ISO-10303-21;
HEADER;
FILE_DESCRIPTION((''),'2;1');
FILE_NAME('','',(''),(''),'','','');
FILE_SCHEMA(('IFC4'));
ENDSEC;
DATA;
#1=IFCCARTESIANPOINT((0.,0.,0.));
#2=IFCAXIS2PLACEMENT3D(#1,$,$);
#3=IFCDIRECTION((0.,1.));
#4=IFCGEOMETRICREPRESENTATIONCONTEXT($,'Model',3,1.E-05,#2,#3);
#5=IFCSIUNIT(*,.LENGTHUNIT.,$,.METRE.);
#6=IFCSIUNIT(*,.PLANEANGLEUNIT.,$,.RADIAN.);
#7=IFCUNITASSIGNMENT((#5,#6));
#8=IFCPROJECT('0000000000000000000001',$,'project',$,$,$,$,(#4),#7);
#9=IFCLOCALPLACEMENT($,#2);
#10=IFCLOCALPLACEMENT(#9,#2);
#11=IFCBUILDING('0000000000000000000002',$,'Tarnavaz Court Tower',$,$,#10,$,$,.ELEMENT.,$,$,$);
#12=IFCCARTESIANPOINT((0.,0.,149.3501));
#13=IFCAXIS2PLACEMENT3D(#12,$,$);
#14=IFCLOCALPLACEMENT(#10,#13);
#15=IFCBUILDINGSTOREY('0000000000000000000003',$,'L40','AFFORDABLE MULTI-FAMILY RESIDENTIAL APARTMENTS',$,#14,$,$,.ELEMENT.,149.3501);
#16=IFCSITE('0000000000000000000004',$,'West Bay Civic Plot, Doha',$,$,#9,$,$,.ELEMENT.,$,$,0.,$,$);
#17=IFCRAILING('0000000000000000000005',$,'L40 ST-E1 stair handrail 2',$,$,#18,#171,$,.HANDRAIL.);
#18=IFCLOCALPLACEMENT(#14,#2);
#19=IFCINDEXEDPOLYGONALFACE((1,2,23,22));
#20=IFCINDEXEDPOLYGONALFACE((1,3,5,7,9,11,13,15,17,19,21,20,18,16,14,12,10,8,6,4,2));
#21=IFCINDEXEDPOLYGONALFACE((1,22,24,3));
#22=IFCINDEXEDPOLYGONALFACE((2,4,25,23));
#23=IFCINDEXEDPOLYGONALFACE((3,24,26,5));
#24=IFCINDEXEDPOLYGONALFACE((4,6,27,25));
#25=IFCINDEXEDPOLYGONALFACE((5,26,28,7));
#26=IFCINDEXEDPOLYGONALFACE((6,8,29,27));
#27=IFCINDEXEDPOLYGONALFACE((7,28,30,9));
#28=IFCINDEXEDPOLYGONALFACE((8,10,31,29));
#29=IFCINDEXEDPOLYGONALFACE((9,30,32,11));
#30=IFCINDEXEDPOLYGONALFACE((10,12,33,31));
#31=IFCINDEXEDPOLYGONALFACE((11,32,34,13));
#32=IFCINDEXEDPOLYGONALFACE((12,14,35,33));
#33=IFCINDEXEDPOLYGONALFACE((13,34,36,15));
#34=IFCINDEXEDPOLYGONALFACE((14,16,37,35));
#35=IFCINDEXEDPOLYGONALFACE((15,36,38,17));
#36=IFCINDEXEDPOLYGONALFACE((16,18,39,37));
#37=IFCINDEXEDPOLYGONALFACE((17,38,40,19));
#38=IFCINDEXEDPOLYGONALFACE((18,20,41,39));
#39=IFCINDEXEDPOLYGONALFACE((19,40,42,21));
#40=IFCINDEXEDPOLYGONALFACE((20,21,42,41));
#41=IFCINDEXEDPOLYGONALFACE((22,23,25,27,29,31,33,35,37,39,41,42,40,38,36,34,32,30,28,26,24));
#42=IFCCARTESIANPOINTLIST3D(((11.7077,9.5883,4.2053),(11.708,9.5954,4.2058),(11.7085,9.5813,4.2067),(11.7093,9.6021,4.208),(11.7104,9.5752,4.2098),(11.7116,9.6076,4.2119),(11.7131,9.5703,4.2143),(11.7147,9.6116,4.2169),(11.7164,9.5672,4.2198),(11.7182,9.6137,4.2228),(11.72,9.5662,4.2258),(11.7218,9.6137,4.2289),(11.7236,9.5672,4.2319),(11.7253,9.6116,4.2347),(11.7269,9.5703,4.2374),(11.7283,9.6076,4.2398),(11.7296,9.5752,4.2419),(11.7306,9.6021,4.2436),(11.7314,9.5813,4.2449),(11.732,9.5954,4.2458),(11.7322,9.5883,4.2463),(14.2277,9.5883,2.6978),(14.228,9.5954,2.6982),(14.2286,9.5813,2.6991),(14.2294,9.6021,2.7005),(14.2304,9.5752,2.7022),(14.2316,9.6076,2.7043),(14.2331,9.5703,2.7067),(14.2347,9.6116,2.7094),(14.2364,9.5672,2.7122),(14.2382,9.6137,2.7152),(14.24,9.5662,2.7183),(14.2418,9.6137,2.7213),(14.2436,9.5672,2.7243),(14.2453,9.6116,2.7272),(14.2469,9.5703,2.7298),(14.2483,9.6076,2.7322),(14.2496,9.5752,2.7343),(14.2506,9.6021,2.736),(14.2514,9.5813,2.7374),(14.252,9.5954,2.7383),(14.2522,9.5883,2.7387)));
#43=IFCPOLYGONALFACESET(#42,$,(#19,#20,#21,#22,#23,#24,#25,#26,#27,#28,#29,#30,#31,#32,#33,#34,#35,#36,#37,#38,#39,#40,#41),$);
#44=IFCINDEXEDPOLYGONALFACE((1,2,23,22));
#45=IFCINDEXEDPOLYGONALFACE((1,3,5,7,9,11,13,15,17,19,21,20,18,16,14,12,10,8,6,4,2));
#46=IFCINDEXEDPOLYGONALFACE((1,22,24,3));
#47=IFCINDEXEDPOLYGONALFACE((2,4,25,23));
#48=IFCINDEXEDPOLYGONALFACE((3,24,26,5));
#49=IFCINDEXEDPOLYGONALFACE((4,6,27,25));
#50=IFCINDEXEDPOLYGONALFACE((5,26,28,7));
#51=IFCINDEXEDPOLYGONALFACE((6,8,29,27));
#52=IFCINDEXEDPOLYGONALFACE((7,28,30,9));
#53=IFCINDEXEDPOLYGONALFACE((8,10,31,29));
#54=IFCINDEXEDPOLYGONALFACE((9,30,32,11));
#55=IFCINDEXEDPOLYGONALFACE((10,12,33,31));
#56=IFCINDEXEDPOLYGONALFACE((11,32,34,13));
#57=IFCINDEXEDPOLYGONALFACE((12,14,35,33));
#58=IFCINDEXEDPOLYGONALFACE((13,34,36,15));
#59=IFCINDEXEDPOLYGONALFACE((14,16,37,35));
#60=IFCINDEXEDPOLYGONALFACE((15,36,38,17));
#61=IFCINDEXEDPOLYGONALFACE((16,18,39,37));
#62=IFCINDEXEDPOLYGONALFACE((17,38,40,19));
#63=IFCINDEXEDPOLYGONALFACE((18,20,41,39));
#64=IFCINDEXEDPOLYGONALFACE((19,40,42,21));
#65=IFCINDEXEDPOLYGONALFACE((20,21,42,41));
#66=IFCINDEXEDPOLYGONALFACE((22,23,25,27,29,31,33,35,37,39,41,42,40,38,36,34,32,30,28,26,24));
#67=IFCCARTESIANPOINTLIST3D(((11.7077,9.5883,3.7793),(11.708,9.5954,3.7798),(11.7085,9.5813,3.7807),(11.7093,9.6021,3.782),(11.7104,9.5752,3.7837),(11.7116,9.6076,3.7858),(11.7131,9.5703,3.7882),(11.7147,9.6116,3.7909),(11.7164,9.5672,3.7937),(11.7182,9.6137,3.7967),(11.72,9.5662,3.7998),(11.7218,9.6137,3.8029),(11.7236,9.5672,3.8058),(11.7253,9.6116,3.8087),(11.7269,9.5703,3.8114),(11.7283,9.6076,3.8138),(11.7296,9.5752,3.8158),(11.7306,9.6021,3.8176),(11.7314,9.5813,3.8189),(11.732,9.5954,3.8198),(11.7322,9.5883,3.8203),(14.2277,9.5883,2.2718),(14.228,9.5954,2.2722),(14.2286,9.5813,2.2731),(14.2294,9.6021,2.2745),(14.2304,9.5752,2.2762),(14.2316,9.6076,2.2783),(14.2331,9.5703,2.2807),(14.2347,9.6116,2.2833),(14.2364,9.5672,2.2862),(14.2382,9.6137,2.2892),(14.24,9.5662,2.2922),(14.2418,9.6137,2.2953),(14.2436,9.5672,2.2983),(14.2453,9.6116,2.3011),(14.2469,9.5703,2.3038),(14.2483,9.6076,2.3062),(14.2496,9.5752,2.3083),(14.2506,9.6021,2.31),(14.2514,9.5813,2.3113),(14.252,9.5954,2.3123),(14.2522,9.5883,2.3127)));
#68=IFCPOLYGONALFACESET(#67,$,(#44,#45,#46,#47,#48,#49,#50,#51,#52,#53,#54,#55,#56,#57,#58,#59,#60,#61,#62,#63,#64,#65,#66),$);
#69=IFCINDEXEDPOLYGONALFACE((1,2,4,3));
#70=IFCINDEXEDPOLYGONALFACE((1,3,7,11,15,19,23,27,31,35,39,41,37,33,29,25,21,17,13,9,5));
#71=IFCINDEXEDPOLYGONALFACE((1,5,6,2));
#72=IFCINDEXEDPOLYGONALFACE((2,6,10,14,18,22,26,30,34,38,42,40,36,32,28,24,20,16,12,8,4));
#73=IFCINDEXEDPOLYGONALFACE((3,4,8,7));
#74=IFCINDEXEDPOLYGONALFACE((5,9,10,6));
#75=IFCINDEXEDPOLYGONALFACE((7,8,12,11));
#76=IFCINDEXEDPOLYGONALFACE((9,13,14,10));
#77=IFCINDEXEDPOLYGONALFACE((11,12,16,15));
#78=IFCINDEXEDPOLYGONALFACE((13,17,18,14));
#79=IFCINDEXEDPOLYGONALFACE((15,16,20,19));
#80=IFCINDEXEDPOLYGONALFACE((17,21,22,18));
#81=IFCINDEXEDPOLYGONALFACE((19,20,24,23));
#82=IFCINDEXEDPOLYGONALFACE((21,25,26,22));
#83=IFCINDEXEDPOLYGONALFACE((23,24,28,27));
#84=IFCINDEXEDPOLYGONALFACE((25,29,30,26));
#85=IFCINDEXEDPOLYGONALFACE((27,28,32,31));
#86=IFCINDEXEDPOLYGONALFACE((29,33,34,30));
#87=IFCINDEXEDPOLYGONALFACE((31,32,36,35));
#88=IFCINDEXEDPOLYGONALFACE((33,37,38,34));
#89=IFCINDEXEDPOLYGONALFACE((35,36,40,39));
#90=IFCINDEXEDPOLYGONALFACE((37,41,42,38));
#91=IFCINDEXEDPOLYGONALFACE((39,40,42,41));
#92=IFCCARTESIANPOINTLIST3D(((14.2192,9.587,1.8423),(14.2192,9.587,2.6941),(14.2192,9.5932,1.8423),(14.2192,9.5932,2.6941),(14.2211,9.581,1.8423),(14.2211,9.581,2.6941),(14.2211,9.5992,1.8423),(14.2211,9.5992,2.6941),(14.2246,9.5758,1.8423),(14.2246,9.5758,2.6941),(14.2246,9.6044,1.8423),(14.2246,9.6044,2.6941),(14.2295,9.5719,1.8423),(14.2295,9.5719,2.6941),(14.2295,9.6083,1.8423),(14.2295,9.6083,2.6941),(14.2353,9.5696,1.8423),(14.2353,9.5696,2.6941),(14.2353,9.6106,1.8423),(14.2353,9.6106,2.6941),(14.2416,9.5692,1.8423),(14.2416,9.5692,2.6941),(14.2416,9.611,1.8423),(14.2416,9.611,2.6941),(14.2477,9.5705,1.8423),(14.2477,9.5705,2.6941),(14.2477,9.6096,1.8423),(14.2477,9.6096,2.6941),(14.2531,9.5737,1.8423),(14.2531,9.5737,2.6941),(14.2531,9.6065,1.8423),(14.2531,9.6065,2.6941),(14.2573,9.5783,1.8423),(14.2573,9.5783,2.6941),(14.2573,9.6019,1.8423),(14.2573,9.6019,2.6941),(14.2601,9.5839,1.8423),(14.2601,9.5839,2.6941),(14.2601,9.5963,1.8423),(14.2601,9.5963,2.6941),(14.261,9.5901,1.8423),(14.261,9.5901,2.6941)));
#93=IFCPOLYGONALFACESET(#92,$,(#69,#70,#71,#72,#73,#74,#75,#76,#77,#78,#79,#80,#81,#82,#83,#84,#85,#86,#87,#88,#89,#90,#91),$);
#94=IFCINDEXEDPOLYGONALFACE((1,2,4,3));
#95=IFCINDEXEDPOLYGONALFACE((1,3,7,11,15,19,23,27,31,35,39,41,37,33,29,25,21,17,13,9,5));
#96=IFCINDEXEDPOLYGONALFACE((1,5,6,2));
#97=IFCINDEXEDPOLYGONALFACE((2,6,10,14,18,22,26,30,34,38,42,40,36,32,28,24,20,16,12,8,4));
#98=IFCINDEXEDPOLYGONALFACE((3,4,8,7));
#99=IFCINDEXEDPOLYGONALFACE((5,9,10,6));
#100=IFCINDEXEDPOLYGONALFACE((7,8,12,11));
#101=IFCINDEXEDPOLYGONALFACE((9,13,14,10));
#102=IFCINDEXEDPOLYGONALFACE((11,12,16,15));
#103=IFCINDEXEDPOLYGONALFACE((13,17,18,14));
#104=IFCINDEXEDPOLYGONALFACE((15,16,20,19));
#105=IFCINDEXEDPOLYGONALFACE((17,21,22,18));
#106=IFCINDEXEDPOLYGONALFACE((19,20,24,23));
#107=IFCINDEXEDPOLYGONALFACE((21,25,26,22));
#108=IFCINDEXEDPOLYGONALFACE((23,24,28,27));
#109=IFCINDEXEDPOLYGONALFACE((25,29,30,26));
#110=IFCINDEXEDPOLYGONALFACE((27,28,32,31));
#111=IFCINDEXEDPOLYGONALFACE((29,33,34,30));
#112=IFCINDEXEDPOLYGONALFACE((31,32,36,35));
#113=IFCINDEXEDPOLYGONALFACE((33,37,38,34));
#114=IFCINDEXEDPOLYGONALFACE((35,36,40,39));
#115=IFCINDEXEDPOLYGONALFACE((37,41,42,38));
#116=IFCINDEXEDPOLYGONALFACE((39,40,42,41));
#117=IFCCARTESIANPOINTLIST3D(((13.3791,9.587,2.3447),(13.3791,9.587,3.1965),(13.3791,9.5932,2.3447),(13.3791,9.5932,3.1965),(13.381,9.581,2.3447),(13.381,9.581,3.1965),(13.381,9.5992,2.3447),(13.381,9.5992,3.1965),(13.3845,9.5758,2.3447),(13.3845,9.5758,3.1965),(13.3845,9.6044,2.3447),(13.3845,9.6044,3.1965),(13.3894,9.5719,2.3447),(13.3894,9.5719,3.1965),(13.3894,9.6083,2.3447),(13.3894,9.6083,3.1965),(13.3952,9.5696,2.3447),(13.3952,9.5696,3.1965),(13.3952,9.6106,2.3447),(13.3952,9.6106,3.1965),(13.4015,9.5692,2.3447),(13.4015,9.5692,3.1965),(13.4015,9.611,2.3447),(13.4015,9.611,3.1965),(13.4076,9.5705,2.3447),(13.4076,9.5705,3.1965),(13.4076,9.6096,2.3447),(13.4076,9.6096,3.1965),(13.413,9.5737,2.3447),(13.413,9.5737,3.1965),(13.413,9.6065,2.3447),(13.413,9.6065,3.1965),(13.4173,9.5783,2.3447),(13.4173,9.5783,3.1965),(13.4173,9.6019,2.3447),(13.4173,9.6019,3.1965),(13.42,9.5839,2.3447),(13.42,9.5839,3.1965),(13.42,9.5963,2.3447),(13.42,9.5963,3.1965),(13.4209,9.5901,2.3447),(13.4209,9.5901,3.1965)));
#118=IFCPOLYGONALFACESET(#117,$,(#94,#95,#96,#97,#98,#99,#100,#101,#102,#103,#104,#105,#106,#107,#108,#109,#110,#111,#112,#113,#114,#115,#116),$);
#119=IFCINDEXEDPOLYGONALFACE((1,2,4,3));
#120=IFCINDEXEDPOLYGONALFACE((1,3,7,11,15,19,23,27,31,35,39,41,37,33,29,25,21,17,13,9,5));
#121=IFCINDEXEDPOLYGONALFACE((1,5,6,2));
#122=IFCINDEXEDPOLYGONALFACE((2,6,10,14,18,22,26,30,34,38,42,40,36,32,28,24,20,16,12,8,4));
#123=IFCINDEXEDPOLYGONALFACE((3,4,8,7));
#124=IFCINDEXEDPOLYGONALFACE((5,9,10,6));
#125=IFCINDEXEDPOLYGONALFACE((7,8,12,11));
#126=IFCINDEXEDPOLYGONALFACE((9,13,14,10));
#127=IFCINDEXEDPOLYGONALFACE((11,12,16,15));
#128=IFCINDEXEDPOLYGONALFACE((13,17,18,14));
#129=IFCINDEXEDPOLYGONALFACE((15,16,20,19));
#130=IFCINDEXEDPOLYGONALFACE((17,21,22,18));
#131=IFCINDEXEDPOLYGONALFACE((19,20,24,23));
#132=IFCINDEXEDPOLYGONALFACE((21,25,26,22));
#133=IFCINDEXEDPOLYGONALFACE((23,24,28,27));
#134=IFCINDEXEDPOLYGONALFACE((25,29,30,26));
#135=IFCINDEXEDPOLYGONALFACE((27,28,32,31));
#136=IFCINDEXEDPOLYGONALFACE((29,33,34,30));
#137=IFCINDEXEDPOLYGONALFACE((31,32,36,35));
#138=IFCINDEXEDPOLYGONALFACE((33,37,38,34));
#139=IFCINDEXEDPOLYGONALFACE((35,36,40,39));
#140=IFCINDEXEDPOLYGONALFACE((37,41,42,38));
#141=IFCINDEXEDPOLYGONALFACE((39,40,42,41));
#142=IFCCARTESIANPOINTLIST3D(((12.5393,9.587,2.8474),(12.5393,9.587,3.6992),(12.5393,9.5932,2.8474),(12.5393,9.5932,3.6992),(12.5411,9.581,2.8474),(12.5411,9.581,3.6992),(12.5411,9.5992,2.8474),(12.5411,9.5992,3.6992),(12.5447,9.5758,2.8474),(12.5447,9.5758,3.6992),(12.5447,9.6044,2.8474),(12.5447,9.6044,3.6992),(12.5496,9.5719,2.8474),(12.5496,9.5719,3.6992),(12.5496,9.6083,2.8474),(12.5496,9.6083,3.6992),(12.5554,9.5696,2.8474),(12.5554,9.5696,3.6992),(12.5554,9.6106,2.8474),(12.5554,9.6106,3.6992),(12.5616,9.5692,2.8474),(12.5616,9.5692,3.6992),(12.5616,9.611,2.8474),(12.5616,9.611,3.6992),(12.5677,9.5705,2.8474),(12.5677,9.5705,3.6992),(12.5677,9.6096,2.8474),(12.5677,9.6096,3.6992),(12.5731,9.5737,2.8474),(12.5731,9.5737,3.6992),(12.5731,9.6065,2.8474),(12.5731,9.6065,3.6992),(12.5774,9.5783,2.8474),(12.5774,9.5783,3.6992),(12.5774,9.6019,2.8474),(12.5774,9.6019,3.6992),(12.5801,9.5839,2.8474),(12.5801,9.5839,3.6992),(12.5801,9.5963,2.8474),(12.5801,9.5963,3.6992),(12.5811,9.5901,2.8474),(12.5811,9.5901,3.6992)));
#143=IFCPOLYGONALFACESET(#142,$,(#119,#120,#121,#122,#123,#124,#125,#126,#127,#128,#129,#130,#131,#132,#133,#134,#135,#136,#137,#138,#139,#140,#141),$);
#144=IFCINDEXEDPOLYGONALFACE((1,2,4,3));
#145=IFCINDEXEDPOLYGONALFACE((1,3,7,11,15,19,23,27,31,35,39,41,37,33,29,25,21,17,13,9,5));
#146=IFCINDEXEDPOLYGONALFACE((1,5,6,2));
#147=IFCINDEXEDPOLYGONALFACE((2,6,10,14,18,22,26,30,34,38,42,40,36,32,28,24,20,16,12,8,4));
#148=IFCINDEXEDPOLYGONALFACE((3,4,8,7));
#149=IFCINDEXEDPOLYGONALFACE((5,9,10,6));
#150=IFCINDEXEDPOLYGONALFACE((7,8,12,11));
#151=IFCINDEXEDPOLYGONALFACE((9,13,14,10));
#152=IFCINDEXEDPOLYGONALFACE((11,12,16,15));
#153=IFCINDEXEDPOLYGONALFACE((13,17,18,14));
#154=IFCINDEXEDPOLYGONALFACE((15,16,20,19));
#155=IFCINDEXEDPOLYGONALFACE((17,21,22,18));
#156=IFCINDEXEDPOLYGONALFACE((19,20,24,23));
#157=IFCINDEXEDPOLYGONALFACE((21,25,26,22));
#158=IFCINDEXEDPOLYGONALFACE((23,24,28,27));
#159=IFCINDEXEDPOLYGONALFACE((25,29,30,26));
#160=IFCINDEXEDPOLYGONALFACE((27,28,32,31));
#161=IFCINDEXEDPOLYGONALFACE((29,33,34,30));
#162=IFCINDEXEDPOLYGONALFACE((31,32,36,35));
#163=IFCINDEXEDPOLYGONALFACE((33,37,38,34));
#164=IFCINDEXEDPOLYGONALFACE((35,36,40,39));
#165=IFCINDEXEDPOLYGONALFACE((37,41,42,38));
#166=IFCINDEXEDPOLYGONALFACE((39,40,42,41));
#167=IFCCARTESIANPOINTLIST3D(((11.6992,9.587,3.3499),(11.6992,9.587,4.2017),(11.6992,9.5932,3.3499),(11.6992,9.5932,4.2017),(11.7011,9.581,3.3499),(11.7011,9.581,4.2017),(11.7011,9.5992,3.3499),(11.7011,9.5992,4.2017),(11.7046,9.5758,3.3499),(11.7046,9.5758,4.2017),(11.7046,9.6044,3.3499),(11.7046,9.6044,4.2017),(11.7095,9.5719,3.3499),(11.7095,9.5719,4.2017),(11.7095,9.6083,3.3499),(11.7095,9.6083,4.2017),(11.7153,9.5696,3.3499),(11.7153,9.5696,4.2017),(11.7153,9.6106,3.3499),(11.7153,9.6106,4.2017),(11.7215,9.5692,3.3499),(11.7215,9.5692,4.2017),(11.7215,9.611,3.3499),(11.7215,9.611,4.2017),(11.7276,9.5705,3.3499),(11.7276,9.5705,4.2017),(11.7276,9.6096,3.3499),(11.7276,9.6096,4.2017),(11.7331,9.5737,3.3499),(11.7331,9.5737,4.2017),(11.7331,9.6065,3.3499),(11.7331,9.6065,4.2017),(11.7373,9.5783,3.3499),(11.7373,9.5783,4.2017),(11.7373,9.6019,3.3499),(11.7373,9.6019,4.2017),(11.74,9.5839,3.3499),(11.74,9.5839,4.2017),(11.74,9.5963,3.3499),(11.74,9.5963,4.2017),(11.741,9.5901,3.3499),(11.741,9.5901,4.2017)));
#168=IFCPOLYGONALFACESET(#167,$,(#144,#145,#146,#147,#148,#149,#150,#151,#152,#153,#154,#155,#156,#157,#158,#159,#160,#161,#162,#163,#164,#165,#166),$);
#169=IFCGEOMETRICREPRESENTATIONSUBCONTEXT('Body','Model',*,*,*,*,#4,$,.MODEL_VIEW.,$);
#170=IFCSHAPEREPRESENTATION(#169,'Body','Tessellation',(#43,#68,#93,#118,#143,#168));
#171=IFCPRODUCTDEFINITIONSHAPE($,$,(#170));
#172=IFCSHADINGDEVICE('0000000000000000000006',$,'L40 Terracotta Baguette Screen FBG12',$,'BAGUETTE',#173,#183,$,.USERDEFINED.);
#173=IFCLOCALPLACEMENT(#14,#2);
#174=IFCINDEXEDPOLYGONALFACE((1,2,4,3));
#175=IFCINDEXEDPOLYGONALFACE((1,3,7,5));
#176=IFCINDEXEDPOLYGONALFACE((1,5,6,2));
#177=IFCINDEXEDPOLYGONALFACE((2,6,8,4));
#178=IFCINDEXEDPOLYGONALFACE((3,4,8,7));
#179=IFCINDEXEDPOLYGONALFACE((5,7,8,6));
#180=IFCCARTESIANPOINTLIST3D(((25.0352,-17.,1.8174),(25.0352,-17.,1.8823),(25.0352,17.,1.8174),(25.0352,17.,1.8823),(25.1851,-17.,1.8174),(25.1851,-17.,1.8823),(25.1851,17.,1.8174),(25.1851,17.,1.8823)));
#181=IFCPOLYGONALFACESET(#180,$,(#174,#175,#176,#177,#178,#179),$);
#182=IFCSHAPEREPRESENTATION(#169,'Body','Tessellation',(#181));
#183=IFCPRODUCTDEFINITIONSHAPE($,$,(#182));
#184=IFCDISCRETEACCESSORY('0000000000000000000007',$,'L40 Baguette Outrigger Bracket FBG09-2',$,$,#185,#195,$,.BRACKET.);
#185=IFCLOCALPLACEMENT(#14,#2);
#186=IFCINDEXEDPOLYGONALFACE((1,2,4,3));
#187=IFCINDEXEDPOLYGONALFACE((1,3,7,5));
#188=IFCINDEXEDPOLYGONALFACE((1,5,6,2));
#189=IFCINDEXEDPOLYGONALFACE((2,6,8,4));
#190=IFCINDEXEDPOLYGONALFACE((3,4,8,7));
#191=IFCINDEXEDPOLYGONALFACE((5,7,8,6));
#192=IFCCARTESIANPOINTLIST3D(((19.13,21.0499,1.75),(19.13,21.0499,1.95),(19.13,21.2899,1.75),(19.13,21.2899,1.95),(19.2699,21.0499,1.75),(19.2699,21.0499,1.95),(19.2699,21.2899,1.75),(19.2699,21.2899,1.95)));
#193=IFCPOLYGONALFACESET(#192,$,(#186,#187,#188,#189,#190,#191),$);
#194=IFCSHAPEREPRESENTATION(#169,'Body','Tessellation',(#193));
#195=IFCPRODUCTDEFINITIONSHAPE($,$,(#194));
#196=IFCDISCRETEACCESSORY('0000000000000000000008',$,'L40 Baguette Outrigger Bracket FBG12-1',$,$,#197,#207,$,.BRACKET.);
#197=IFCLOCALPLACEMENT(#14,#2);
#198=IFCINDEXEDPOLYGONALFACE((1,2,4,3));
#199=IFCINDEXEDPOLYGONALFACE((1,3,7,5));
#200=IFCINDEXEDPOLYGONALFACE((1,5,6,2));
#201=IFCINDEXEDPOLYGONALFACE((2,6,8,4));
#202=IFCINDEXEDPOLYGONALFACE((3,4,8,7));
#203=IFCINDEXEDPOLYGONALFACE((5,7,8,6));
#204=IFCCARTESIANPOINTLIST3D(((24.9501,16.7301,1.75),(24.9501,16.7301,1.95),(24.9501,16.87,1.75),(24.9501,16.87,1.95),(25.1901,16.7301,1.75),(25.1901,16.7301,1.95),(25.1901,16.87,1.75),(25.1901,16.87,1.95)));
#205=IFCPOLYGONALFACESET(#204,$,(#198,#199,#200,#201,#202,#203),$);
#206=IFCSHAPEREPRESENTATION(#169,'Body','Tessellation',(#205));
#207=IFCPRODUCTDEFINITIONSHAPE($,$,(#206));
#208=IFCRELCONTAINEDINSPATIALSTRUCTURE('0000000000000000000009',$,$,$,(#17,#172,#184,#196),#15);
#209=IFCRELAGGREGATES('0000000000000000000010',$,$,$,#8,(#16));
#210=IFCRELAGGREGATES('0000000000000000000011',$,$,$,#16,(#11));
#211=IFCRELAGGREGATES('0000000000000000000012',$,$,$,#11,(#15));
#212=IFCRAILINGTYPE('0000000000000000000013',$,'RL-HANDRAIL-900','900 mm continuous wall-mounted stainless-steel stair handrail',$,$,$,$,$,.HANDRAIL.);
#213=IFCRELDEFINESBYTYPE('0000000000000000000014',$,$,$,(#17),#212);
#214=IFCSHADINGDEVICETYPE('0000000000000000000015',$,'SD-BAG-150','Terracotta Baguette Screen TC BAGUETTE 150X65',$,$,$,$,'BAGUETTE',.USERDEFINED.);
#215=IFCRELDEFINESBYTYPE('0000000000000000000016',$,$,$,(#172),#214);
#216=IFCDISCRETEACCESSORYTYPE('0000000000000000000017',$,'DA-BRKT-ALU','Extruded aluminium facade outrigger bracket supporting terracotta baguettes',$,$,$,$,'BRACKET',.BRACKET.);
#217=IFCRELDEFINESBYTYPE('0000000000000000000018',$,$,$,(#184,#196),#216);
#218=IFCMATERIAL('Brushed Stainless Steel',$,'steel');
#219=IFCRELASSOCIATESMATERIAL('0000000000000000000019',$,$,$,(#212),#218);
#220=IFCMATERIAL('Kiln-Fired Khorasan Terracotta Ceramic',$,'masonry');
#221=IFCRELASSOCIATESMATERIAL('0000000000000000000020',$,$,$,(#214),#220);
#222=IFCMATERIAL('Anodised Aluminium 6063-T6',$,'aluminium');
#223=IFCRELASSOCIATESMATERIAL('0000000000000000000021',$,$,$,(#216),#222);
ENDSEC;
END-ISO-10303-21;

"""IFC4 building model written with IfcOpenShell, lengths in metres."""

from ifc_helpers import new_model, si_unit, direction, frame, origin, origin_2d, place, context, subcontext, project, spatial, rectangle, circle, extrude, material, material_profile, profile_set, type_object, element, save


model = new_model("IFC4")

# Units and contexts
model_context = context("Model", 3, precision=1e-05, world=origin(), true_north=direction((0.0, 1.0)))
body_context = subcontext(model_context, "Body", "Model", "MODEL_VIEW")
ifc_project = project(units=[si_unit("LENGTHUNIT", "METRE"), si_unit("PLANEANGLEUNIT", "RADIAN")], contexts=[model_context])

# Site, building, storey
site_placement = place(None, origin())
site = spatial("IfcSite", under=ifc_project, at=site_placement, Name="West Bay Civic Plot, Doha", CompositionType="ELEMENT", RefElevation=0.0)
building_placement = place(site_placement, origin())
building = spatial("IfcBuilding", under=site, at=building_placement, Name="Tarnavaz Court Tower", CompositionType="ELEMENT")
storey_placement = place(building_placement, frame((0.0, 0.0, 149.3501)))
storey = spatial("IfcBuildingStorey", under=building, at=storey_placement, Name="L40", Description="AFFORDABLE MULTI-FAMILY RESIDENTIAL APARTMENTS", CompositionType="ELEMENT", Elevation=149.3501)

# Railing
ifc_material_1 = material(Name="Brushed Stainless Steel", Category="steel")
railing_type = type_object("IfcRailingType", Name="RL-HANDRAIL-900", Description="900 mm continuous wall-mounted stainless-steel stair handrail", PredefinedType="HANDRAIL", material=ifc_material_1)
railing_placement = place(storey_placement, frame((14.24, 9.5901, 1.8423)))
element("IfcRailing", 1, at=railing_placement, inside=storey, type_object=railing_type, Name="L40 ST-E1 stair handrail 2", PredefinedType="HANDRAIL", context=body_context, shape_type="SweptSolid", body=[
    extrude(circle(Radius=0.0239, at=origin_2d()), frame((0.0, 0.0, 0.876), z_axis=(-0.85816, 0.0, 0.513383), x_axis=(0.0, -1.0, 0.0)), (0.0, 0.0, 1.0), 2.9365),
    extrude(circle(Radius=0.0239, at=origin_2d()), frame((0.0, 0.0, 0.45), z_axis=(-0.85816, 0.0, 0.513383), x_axis=(0.0, -1.0, 0.0)), (0.0, 0.0, 1.0), 2.9365),
    extrude(circle(Radius=0.021, at=origin_2d()), origin(), (0.0, 0.0, 1.0), 0.8518),
    extrude(circle(Radius=0.021, at=origin_2d()), frame((-0.8401, 0.0, 0.5024)), (0.0, 0.0, 1.0), 0.8518),
    extrude(circle(Radius=0.021, at=origin_2d()), frame((-1.6799, 0.0, 1.0051)), (0.0, 0.0, 1.0), 0.8518),
    extrude(circle(Radius=0.021, at=origin_2d()), frame((-2.52, 0.0, 1.5076)), (0.0, 0.0, 1.0), 0.8518),
])

# Shading device
ifc_material_2 = material(Name="Kiln-Fired Khorasan Terracotta Ceramic", Category="masonry")
ifc_material_profile_1 = material_profile(ifc_material_2, rectangle(XDim=0.1499, YDim=0.0649, at=origin_2d()), Name="TC BAGUETTE 150X65")
ifc_profile_set_1 = profile_set([ifc_material_profile_1], Name="Kiln-Fired Khorasan Terracotta Ceramic")
shading_device_type = type_object("IfcShadingDeviceType", Name="SD-BAG-150", Description="Terracotta Baguette Screen TC BAGUETTE 150X65", ElementType="BAGUETTE", PredefinedType="USERDEFINED", material=ifc_profile_set_1)
shading_device_placement = place(storey_placement, frame((25.1101, 17.0, 1.8499), z_axis=(0.0, -1.0, 0.0), x_axis=(1.0, 0.0, 0.0)))
element("IfcShadingDevice", 2, at=shading_device_placement, inside=storey, type_object=shading_device_type, Name="L40 Terracotta Baguette Screen FBG12", ObjectType="BAGUETTE", PredefinedType="USERDEFINED", context=body_context, shape_type="SweptSolid", body=[
    extrude(rectangle(XDim=0.1499, YDim=0.0649, at=origin_2d()), origin(), (0.0, 0.0, 1.0), 34.0),
])

# Discrete accessories
ifc_material_3 = material(Name="Anodised Aluminium 6063-T6", Category="aluminium")
discrete_accessory_type = type_object("IfcDiscreteAccessoryType", Name="DA-BRKT-ALU", Description="Extruded aluminium facade outrigger bracket supporting terracotta baguettes", ElementType="BRACKET", PredefinedType="BRACKET", material=ifc_material_3)
for number, where, z_axis, x_axis, name in (
    (3, (19.2, 21.1699, 1.75), (0.0, 0.0, 1.0), (1.0, 0.0, 0.0), "L40 Baguette Outrigger Bracket FBG09-2"),
    (4, (25.0701, 16.8, 1.75), (0.0, 0.0, 1.0), (0.0, -1.0, 0.0), "L40 Baguette Outrigger Bracket FBG12-1"),
):
    element("IfcDiscreteAccessory", number, at=place(storey_placement, frame(where, z_axis=z_axis, x_axis=x_axis)), inside=storey, type_object=discrete_accessory_type, Name=name, PredefinedType="BRACKET", context=body_context, shape_type="SweptSolid", body=[
        extrude(rectangle(XDim=0.1399, YDim=0.24, at=origin_2d()), origin(), (0.0, 0.0, 1.0), 0.2),
    ])

save(model, "model.ifc")
